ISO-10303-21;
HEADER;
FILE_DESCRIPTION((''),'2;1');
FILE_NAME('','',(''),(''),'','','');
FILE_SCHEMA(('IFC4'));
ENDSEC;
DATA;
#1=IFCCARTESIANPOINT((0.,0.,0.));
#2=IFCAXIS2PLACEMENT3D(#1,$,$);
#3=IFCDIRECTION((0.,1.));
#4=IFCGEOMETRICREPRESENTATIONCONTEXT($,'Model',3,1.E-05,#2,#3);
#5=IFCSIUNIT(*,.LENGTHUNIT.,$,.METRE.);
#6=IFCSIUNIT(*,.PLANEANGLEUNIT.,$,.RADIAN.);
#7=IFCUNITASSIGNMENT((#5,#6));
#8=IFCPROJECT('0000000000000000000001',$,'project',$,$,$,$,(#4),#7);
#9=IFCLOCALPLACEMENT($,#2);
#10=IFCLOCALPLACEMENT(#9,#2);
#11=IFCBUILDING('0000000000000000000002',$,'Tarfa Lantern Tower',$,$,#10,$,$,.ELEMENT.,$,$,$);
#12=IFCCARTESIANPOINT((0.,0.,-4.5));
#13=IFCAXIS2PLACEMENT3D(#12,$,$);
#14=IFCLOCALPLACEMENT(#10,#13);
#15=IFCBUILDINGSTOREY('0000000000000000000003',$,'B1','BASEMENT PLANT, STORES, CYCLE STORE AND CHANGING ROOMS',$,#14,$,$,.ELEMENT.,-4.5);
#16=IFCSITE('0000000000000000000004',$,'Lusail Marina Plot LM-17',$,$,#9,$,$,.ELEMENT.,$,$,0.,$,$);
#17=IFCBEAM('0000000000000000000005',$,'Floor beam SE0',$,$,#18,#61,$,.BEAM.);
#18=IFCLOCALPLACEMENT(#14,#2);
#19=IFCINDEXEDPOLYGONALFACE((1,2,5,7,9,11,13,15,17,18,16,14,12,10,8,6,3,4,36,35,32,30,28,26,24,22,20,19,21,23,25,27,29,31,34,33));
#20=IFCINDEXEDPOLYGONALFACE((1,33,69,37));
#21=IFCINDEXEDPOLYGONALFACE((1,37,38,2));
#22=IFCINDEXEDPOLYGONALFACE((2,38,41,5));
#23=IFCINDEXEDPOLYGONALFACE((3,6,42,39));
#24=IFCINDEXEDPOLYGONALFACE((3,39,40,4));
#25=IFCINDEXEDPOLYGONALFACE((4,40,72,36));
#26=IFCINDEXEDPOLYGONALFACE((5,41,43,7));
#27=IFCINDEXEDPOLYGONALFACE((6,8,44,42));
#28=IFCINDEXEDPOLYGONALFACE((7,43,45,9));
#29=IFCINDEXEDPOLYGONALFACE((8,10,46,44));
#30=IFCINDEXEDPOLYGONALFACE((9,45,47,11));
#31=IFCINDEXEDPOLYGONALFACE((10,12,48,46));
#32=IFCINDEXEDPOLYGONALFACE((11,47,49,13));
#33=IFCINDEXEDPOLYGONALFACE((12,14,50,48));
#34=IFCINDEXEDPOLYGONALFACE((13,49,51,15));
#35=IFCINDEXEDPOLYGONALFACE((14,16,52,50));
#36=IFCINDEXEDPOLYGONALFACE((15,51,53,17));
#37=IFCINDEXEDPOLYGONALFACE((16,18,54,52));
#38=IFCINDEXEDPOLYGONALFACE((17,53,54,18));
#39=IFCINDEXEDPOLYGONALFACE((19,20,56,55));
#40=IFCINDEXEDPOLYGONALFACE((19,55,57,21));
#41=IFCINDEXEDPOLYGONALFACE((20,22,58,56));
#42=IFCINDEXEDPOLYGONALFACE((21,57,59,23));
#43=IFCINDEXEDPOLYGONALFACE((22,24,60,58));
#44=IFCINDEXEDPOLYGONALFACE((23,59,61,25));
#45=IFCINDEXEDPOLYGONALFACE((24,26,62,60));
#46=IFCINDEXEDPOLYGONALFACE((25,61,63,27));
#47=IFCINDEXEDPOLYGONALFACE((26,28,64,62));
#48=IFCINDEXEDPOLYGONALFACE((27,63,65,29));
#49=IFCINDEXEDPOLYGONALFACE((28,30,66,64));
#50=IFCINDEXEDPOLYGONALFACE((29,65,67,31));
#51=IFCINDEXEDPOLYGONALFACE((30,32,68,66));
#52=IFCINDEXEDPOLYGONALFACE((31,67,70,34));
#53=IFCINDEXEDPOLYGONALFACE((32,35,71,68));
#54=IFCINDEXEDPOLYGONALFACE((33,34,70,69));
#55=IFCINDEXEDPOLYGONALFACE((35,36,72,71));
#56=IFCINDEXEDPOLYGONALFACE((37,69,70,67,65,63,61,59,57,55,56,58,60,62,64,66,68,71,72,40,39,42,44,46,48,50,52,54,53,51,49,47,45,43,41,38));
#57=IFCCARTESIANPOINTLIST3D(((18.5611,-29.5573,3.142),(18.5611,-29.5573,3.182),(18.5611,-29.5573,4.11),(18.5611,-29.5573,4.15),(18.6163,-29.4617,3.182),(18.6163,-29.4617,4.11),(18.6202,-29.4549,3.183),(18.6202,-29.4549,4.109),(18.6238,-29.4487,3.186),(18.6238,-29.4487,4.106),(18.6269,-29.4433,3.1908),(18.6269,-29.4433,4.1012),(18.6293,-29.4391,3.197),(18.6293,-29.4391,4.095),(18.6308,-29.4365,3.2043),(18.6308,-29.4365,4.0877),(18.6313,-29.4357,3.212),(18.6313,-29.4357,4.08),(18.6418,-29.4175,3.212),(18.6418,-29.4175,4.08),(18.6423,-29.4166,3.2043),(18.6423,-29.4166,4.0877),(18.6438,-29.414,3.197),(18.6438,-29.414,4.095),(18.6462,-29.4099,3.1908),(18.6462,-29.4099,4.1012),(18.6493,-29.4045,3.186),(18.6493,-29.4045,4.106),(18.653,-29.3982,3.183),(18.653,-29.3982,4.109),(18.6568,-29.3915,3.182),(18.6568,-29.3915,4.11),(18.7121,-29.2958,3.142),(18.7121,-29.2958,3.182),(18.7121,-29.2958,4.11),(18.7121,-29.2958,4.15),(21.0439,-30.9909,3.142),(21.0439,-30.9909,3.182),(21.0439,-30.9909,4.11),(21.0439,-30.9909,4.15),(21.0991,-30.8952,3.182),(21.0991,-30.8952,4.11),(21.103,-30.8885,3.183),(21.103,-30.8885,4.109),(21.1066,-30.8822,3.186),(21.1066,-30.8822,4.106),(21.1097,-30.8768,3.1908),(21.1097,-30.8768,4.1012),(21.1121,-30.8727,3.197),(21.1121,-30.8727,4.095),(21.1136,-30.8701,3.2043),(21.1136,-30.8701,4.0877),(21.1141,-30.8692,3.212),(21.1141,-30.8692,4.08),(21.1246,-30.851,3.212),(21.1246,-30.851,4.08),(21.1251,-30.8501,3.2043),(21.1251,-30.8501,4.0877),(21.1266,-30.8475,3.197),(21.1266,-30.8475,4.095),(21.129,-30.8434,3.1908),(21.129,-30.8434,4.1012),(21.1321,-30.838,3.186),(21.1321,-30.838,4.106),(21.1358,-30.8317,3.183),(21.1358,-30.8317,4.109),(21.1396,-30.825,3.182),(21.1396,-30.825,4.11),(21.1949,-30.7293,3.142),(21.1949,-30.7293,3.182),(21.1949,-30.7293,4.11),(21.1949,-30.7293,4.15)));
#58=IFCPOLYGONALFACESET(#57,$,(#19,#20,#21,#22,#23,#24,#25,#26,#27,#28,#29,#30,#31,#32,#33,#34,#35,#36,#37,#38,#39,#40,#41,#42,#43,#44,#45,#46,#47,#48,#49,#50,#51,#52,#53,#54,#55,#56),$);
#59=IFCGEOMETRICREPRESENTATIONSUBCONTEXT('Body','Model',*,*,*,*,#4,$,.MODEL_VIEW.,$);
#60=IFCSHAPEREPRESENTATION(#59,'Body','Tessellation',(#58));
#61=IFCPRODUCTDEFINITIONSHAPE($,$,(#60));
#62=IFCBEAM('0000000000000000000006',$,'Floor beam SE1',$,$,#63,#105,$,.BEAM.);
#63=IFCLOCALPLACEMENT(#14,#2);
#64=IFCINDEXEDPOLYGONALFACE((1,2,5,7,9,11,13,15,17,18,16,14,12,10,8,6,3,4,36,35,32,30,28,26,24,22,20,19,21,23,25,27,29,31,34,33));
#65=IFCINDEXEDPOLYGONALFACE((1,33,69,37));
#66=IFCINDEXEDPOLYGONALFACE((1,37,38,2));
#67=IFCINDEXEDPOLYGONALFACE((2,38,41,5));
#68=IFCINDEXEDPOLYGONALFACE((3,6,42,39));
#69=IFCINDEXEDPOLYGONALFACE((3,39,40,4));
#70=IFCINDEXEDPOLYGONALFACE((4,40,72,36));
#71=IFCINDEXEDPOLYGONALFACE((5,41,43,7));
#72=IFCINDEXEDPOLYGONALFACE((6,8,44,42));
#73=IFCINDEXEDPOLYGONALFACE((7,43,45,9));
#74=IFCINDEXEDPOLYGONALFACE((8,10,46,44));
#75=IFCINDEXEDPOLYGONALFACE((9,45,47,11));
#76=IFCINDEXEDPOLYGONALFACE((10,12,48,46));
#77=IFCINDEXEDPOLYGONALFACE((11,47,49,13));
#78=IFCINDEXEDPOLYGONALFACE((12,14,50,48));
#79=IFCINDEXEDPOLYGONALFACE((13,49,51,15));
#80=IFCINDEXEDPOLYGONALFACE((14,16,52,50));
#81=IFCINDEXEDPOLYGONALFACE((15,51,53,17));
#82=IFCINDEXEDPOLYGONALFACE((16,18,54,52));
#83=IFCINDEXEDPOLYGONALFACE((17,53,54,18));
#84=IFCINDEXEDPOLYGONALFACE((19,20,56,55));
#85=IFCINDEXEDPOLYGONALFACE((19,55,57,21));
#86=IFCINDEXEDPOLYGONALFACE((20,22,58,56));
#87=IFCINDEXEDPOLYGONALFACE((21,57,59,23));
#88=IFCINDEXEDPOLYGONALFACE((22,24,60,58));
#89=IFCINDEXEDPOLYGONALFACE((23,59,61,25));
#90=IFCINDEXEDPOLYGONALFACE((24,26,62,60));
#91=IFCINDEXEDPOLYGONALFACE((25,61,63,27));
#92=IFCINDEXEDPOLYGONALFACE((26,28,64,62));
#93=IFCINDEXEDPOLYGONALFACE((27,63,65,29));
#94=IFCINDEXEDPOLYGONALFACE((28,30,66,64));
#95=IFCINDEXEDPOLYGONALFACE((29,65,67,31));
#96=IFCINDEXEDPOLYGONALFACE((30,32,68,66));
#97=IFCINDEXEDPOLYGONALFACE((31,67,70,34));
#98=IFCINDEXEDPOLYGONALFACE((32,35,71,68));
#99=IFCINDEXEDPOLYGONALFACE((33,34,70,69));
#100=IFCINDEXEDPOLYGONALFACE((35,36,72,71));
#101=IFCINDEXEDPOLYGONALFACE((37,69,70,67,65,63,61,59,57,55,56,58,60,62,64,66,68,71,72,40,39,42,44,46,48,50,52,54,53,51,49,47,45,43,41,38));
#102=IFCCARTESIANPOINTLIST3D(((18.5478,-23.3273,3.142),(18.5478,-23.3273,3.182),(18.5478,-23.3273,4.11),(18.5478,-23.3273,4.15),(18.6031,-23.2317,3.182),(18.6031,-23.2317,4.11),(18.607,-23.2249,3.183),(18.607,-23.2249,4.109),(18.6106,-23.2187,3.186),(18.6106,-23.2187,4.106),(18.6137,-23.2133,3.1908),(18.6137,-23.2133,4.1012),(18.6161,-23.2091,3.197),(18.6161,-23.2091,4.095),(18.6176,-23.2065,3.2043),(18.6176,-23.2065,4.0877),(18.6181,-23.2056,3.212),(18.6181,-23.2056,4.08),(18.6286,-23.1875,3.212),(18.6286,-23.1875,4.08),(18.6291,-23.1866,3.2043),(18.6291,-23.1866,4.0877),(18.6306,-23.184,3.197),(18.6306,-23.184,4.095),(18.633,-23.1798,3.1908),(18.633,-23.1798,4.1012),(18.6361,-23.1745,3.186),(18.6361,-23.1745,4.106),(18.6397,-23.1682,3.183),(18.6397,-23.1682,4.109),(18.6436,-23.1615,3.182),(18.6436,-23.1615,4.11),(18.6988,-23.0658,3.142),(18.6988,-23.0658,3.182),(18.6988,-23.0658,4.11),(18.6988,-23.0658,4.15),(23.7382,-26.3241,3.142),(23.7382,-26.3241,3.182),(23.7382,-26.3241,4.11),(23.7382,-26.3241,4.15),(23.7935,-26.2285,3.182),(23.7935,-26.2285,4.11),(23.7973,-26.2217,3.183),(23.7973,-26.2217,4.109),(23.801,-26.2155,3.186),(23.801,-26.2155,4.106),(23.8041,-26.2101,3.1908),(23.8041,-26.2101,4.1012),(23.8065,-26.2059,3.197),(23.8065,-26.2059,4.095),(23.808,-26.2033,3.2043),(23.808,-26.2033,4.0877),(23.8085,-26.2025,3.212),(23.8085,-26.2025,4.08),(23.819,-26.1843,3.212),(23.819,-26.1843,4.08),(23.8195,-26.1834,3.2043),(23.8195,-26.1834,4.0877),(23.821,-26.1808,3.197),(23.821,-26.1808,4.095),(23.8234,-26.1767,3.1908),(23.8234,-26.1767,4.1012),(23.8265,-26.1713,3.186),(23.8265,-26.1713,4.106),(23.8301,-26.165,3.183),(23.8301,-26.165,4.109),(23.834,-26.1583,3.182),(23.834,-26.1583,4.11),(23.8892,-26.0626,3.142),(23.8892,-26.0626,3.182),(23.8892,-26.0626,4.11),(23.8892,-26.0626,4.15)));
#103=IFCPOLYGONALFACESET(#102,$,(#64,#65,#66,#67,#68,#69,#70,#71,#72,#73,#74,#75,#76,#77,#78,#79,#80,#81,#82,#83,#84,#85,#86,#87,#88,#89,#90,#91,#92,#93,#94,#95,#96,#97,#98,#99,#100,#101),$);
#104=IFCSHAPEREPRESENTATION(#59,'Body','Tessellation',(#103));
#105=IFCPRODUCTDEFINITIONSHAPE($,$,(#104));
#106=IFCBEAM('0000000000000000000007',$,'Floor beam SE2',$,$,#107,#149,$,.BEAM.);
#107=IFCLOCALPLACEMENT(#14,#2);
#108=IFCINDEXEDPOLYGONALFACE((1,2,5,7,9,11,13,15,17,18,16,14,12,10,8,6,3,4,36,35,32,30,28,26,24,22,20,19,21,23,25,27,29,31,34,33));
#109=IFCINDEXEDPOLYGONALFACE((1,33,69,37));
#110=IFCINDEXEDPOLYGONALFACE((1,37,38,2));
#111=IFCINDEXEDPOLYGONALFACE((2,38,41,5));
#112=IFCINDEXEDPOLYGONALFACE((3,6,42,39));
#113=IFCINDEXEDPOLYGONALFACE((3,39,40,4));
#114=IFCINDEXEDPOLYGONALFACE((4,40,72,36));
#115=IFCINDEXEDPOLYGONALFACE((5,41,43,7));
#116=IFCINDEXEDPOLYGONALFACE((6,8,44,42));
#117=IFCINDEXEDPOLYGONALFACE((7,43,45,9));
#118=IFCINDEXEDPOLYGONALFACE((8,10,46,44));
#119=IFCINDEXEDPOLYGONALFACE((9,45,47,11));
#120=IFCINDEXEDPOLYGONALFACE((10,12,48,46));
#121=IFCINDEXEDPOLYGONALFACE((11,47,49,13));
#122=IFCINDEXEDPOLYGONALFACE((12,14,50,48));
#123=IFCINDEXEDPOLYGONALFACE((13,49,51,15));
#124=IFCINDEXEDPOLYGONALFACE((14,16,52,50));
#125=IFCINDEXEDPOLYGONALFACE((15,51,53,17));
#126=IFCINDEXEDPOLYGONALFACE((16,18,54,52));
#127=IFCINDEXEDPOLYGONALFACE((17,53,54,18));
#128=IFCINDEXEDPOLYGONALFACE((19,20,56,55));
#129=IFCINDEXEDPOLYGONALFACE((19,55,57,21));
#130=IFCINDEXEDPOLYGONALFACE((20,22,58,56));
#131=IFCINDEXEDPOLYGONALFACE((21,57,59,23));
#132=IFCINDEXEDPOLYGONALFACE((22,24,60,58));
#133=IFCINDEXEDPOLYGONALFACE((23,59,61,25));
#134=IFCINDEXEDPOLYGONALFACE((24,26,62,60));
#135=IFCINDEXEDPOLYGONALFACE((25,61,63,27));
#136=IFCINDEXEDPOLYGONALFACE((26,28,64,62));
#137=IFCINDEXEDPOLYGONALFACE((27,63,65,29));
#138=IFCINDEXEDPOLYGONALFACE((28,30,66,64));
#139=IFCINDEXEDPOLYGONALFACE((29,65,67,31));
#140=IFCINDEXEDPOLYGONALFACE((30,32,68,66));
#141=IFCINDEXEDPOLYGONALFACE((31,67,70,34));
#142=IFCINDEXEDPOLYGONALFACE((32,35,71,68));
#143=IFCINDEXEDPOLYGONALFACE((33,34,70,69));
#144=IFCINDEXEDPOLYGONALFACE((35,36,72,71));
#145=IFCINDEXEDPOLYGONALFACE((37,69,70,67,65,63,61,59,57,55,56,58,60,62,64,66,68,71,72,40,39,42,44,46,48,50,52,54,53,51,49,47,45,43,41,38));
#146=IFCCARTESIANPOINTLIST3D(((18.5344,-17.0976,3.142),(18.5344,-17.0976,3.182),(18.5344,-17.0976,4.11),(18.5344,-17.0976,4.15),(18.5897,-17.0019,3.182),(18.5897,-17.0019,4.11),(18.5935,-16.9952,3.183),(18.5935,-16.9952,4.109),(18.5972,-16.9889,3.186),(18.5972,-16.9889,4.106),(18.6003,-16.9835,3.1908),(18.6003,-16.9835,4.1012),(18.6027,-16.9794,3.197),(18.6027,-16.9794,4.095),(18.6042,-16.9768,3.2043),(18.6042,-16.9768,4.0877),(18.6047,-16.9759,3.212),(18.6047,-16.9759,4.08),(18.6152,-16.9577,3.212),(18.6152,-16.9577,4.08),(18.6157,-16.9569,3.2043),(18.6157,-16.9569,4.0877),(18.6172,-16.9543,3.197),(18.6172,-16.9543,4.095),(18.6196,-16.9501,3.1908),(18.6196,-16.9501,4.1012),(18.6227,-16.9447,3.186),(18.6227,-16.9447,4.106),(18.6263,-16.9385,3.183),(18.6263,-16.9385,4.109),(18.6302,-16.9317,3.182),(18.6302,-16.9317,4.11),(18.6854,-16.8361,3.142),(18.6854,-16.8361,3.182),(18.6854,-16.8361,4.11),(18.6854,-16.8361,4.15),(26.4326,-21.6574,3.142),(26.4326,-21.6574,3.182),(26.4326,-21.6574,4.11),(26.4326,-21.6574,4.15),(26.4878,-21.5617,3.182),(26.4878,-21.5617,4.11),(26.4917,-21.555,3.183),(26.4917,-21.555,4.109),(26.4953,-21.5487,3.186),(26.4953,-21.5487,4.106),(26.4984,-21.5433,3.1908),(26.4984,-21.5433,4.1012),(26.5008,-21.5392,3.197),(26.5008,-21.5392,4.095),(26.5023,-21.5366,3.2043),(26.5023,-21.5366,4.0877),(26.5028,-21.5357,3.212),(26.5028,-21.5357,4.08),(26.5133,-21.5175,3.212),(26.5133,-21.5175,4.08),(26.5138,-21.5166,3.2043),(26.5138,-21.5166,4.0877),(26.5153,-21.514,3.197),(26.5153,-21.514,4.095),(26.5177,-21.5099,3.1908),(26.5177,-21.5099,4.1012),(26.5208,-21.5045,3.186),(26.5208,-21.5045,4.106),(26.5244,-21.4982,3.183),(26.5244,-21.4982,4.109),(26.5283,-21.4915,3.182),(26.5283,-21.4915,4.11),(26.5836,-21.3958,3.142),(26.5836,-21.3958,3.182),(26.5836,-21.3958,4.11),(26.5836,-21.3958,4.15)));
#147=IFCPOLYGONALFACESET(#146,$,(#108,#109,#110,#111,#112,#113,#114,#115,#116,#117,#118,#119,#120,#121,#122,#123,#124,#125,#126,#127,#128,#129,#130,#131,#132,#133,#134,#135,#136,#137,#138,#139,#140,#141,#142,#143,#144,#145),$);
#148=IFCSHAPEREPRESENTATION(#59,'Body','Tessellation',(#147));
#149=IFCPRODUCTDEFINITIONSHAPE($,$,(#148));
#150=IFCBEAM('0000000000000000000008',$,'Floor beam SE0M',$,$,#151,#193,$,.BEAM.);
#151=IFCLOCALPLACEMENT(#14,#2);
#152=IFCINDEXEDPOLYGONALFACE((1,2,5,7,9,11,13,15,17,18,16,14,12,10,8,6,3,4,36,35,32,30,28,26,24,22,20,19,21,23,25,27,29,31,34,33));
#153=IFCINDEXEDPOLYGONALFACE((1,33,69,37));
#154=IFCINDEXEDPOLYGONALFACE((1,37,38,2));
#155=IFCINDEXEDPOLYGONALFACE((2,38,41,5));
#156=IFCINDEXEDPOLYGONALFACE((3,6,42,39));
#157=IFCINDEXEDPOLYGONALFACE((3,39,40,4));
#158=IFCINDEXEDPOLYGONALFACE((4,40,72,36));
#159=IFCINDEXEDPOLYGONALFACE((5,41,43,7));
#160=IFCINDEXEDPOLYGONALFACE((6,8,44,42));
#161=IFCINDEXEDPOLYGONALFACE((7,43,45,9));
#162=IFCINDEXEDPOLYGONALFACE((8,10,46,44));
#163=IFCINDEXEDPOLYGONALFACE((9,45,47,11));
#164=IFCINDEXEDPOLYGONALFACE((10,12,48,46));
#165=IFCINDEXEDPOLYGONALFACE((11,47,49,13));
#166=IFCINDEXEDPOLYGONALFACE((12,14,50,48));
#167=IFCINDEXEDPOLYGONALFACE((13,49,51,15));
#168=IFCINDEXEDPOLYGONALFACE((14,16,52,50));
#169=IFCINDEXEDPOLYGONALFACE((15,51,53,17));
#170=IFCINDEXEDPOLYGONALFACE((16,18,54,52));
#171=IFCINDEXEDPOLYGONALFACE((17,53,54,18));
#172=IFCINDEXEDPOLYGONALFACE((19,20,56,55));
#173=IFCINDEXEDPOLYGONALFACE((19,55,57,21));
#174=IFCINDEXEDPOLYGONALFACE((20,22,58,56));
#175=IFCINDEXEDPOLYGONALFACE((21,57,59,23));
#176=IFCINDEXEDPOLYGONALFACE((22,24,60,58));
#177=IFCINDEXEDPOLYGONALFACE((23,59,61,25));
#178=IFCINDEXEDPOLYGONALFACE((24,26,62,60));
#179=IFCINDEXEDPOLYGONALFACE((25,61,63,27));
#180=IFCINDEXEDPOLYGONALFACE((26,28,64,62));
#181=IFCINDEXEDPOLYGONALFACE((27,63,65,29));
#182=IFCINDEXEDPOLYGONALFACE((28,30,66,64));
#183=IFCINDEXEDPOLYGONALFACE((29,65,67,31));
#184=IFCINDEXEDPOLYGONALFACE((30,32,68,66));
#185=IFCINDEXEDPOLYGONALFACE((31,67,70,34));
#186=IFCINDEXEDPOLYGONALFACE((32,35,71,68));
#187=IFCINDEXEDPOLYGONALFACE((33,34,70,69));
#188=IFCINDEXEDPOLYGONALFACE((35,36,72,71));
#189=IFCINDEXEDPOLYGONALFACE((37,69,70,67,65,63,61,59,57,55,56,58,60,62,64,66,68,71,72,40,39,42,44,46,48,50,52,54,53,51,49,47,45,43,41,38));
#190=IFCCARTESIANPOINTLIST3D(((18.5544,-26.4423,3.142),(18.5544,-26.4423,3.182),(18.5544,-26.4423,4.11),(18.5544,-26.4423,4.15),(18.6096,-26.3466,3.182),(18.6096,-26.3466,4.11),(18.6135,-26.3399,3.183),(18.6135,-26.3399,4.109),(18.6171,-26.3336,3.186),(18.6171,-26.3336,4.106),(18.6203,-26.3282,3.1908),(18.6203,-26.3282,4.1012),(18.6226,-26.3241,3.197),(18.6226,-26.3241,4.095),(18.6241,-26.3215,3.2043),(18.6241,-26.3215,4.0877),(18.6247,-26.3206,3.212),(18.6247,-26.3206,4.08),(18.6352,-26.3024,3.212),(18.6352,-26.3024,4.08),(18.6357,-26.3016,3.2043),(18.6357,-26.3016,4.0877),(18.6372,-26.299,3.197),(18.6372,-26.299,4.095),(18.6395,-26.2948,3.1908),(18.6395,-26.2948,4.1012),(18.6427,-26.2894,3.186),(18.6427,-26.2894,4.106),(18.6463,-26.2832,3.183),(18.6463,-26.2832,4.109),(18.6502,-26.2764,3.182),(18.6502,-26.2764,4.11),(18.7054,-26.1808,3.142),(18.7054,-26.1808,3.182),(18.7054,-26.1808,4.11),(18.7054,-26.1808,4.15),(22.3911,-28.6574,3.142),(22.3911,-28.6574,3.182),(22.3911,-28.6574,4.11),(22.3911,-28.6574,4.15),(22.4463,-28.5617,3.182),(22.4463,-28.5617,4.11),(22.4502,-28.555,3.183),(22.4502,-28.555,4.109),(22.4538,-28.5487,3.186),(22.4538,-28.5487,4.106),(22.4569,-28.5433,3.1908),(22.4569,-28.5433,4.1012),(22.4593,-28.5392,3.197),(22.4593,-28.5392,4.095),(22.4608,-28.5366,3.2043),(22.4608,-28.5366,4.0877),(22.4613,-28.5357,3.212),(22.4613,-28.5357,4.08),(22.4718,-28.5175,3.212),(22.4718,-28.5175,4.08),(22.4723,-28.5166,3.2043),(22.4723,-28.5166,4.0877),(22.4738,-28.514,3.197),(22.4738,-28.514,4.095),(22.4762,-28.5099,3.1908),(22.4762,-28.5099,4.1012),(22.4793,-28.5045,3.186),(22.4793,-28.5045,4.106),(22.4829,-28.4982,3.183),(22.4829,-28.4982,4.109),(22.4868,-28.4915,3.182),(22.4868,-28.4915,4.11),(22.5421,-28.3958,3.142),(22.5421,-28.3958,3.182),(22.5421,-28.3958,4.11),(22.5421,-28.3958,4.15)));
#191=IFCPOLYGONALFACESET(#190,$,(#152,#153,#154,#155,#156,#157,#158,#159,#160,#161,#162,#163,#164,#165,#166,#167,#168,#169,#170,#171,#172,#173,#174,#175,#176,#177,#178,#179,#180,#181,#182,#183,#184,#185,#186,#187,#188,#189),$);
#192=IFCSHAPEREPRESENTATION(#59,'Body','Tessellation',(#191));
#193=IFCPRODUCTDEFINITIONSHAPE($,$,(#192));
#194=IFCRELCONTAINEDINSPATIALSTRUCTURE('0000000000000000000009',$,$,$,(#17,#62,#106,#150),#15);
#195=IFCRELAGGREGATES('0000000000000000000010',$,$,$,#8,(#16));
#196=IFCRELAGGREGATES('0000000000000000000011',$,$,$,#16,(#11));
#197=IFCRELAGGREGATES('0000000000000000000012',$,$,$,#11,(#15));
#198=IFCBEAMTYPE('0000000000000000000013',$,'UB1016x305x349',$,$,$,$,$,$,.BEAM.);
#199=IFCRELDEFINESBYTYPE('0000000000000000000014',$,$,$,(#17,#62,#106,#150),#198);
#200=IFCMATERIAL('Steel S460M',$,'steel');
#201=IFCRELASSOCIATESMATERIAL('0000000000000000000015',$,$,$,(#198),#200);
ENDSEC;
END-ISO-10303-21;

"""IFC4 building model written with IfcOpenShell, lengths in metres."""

from ifc_helpers import new_model, si_unit, direction, frame, origin, origin_2d, place, context, subcontext, project, spatial, i_section, extrude, material, material_profile, profile_set, type_object, element, save


model = new_model("IFC4")

# Units and contexts
model_context = context("Model", 3, precision=1e-05, world=origin(), true_north=direction((0.0, 1.0)))
body_context = subcontext(model_context, "Body", "Model", "MODEL_VIEW")
ifc_project = project(units=[si_unit("LENGTHUNIT", "METRE"), si_unit("PLANEANGLEUNIT", "RADIAN")], contexts=[model_context])

# Site, building, storey
site_placement = place(None, origin())
site = spatial("IfcSite", under=ifc_project, at=site_placement, Name="Lusail Marina Plot LM-17", CompositionType="ELEMENT", RefElevation=0.0)
building_placement = place(site_placement, origin())
building = spatial("IfcBuilding", under=site, at=building_placement, Name="Tarfa Lantern Tower", CompositionType="ELEMENT")
storey_placement = place(building_placement, frame((0.0, 0.0, -4.5)))
storey = spatial("IfcBuildingStorey", under=building, at=storey_placement, Name="B1", Description="BASEMENT PLANT, STORES, CYCLE STORE AND CHANGING ROOMS", CompositionType="ELEMENT", Elevation=-4.5)

# Beams
ifc_material_1 = material(Name="Steel S460M", Category="steel")
ifc_material_profile_1 = material_profile(ifc_material_1, i_section(OverallWidth=0.302, OverallDepth=1.0081, WebThickness=0.021, FlangeThickness=0.04, FilletRadius=0.03, at=origin_2d()), Name="UB1016x305x349")
ifc_profile_set_1 = profile_set([ifc_material_profile_1], Name="Steel S460M")
beam_type_1 = type_object("IfcBeamType", Name="UB1016x305x349", PredefinedType="BEAM", material=ifc_profile_set_1)
beam_1_placement = place(storey_placement, frame((21.1194, -30.8601, 3.646), z_axis=(-0.866013, 0.500022, 0.0), x_axis=(-0.500022, -0.866013, 0.0)))
element("IfcBeam", 1, at=beam_1_placement, inside=storey, type_object=beam_type_1, Name="Floor beam SE0", PredefinedType="BEAM", context=body_context, shape_type="SweptSolid", body=[
    extrude(i_section(OverallWidth=0.302, OverallDepth=1.0081, WebThickness=0.021, FlangeThickness=0.04, FilletRadius=0.03, at=origin_2d()), origin(), (0.0, 0.0, 1.0), 2.8669),
])
beam_2_placement = place(storey_placement, frame((23.8137, -26.1934, 3.646), z_axis=(-0.866016, 0.500016, 0.0), x_axis=(-0.500016, -0.866016, 0.0)))
element("IfcBeam", 2, at=beam_2_placement, inside=storey, type_object=beam_type_1, Name="Floor beam SE1", PredefinedType="BEAM", context=body_context, shape_type="SweptSolid", body=[
    extrude(i_section(OverallWidth=0.302, OverallDepth=1.0081, WebThickness=0.021, FlangeThickness=0.04, FilletRadius=0.03, at=origin_2d()), origin(), (0.0, 0.0, 1.0), 5.9934),
])
beam_3_placement = place(storey_placement, frame((26.5081, -21.5266, 3.646), z_axis=(-0.866035, 0.499983, 0.0), x_axis=(-0.499983, -0.866035, 0.0)))
element("IfcBeam", 3, at=beam_3_placement, inside=storey, type_object=beam_type_1, Name="Floor beam SE2", PredefinedType="BEAM", context=body_context, shape_type="SweptSolid", body=[
    extrude(i_section(OverallWidth=0.302, OverallDepth=1.0081, WebThickness=0.021, FlangeThickness=0.04, FilletRadius=0.03, at=origin_2d()), origin(), (0.0, 0.0, 1.0), 9.1199),
])
beam_4_placement = place(storey_placement, frame((22.4666, -28.5266, 3.646), z_axis=(-0.866027, 0.499998, 0.0), x_axis=(-0.499998, -0.866027, 0.0)))
element("IfcBeam", 4, at=beam_4_placement, inside=storey, type_object=beam_type_1, Name="Floor beam SE0M", PredefinedType="BEAM", context=body_context, shape_type="SweptSolid", body=[
    extrude(i_section(OverallWidth=0.302, OverallDepth=1.0081, WebThickness=0.021, FlangeThickness=0.04, FilletRadius=0.03, at=origin_2d()), origin(), (0.0, 0.0, 1.0), 4.4302),
])

save(model, "model.ifc")
